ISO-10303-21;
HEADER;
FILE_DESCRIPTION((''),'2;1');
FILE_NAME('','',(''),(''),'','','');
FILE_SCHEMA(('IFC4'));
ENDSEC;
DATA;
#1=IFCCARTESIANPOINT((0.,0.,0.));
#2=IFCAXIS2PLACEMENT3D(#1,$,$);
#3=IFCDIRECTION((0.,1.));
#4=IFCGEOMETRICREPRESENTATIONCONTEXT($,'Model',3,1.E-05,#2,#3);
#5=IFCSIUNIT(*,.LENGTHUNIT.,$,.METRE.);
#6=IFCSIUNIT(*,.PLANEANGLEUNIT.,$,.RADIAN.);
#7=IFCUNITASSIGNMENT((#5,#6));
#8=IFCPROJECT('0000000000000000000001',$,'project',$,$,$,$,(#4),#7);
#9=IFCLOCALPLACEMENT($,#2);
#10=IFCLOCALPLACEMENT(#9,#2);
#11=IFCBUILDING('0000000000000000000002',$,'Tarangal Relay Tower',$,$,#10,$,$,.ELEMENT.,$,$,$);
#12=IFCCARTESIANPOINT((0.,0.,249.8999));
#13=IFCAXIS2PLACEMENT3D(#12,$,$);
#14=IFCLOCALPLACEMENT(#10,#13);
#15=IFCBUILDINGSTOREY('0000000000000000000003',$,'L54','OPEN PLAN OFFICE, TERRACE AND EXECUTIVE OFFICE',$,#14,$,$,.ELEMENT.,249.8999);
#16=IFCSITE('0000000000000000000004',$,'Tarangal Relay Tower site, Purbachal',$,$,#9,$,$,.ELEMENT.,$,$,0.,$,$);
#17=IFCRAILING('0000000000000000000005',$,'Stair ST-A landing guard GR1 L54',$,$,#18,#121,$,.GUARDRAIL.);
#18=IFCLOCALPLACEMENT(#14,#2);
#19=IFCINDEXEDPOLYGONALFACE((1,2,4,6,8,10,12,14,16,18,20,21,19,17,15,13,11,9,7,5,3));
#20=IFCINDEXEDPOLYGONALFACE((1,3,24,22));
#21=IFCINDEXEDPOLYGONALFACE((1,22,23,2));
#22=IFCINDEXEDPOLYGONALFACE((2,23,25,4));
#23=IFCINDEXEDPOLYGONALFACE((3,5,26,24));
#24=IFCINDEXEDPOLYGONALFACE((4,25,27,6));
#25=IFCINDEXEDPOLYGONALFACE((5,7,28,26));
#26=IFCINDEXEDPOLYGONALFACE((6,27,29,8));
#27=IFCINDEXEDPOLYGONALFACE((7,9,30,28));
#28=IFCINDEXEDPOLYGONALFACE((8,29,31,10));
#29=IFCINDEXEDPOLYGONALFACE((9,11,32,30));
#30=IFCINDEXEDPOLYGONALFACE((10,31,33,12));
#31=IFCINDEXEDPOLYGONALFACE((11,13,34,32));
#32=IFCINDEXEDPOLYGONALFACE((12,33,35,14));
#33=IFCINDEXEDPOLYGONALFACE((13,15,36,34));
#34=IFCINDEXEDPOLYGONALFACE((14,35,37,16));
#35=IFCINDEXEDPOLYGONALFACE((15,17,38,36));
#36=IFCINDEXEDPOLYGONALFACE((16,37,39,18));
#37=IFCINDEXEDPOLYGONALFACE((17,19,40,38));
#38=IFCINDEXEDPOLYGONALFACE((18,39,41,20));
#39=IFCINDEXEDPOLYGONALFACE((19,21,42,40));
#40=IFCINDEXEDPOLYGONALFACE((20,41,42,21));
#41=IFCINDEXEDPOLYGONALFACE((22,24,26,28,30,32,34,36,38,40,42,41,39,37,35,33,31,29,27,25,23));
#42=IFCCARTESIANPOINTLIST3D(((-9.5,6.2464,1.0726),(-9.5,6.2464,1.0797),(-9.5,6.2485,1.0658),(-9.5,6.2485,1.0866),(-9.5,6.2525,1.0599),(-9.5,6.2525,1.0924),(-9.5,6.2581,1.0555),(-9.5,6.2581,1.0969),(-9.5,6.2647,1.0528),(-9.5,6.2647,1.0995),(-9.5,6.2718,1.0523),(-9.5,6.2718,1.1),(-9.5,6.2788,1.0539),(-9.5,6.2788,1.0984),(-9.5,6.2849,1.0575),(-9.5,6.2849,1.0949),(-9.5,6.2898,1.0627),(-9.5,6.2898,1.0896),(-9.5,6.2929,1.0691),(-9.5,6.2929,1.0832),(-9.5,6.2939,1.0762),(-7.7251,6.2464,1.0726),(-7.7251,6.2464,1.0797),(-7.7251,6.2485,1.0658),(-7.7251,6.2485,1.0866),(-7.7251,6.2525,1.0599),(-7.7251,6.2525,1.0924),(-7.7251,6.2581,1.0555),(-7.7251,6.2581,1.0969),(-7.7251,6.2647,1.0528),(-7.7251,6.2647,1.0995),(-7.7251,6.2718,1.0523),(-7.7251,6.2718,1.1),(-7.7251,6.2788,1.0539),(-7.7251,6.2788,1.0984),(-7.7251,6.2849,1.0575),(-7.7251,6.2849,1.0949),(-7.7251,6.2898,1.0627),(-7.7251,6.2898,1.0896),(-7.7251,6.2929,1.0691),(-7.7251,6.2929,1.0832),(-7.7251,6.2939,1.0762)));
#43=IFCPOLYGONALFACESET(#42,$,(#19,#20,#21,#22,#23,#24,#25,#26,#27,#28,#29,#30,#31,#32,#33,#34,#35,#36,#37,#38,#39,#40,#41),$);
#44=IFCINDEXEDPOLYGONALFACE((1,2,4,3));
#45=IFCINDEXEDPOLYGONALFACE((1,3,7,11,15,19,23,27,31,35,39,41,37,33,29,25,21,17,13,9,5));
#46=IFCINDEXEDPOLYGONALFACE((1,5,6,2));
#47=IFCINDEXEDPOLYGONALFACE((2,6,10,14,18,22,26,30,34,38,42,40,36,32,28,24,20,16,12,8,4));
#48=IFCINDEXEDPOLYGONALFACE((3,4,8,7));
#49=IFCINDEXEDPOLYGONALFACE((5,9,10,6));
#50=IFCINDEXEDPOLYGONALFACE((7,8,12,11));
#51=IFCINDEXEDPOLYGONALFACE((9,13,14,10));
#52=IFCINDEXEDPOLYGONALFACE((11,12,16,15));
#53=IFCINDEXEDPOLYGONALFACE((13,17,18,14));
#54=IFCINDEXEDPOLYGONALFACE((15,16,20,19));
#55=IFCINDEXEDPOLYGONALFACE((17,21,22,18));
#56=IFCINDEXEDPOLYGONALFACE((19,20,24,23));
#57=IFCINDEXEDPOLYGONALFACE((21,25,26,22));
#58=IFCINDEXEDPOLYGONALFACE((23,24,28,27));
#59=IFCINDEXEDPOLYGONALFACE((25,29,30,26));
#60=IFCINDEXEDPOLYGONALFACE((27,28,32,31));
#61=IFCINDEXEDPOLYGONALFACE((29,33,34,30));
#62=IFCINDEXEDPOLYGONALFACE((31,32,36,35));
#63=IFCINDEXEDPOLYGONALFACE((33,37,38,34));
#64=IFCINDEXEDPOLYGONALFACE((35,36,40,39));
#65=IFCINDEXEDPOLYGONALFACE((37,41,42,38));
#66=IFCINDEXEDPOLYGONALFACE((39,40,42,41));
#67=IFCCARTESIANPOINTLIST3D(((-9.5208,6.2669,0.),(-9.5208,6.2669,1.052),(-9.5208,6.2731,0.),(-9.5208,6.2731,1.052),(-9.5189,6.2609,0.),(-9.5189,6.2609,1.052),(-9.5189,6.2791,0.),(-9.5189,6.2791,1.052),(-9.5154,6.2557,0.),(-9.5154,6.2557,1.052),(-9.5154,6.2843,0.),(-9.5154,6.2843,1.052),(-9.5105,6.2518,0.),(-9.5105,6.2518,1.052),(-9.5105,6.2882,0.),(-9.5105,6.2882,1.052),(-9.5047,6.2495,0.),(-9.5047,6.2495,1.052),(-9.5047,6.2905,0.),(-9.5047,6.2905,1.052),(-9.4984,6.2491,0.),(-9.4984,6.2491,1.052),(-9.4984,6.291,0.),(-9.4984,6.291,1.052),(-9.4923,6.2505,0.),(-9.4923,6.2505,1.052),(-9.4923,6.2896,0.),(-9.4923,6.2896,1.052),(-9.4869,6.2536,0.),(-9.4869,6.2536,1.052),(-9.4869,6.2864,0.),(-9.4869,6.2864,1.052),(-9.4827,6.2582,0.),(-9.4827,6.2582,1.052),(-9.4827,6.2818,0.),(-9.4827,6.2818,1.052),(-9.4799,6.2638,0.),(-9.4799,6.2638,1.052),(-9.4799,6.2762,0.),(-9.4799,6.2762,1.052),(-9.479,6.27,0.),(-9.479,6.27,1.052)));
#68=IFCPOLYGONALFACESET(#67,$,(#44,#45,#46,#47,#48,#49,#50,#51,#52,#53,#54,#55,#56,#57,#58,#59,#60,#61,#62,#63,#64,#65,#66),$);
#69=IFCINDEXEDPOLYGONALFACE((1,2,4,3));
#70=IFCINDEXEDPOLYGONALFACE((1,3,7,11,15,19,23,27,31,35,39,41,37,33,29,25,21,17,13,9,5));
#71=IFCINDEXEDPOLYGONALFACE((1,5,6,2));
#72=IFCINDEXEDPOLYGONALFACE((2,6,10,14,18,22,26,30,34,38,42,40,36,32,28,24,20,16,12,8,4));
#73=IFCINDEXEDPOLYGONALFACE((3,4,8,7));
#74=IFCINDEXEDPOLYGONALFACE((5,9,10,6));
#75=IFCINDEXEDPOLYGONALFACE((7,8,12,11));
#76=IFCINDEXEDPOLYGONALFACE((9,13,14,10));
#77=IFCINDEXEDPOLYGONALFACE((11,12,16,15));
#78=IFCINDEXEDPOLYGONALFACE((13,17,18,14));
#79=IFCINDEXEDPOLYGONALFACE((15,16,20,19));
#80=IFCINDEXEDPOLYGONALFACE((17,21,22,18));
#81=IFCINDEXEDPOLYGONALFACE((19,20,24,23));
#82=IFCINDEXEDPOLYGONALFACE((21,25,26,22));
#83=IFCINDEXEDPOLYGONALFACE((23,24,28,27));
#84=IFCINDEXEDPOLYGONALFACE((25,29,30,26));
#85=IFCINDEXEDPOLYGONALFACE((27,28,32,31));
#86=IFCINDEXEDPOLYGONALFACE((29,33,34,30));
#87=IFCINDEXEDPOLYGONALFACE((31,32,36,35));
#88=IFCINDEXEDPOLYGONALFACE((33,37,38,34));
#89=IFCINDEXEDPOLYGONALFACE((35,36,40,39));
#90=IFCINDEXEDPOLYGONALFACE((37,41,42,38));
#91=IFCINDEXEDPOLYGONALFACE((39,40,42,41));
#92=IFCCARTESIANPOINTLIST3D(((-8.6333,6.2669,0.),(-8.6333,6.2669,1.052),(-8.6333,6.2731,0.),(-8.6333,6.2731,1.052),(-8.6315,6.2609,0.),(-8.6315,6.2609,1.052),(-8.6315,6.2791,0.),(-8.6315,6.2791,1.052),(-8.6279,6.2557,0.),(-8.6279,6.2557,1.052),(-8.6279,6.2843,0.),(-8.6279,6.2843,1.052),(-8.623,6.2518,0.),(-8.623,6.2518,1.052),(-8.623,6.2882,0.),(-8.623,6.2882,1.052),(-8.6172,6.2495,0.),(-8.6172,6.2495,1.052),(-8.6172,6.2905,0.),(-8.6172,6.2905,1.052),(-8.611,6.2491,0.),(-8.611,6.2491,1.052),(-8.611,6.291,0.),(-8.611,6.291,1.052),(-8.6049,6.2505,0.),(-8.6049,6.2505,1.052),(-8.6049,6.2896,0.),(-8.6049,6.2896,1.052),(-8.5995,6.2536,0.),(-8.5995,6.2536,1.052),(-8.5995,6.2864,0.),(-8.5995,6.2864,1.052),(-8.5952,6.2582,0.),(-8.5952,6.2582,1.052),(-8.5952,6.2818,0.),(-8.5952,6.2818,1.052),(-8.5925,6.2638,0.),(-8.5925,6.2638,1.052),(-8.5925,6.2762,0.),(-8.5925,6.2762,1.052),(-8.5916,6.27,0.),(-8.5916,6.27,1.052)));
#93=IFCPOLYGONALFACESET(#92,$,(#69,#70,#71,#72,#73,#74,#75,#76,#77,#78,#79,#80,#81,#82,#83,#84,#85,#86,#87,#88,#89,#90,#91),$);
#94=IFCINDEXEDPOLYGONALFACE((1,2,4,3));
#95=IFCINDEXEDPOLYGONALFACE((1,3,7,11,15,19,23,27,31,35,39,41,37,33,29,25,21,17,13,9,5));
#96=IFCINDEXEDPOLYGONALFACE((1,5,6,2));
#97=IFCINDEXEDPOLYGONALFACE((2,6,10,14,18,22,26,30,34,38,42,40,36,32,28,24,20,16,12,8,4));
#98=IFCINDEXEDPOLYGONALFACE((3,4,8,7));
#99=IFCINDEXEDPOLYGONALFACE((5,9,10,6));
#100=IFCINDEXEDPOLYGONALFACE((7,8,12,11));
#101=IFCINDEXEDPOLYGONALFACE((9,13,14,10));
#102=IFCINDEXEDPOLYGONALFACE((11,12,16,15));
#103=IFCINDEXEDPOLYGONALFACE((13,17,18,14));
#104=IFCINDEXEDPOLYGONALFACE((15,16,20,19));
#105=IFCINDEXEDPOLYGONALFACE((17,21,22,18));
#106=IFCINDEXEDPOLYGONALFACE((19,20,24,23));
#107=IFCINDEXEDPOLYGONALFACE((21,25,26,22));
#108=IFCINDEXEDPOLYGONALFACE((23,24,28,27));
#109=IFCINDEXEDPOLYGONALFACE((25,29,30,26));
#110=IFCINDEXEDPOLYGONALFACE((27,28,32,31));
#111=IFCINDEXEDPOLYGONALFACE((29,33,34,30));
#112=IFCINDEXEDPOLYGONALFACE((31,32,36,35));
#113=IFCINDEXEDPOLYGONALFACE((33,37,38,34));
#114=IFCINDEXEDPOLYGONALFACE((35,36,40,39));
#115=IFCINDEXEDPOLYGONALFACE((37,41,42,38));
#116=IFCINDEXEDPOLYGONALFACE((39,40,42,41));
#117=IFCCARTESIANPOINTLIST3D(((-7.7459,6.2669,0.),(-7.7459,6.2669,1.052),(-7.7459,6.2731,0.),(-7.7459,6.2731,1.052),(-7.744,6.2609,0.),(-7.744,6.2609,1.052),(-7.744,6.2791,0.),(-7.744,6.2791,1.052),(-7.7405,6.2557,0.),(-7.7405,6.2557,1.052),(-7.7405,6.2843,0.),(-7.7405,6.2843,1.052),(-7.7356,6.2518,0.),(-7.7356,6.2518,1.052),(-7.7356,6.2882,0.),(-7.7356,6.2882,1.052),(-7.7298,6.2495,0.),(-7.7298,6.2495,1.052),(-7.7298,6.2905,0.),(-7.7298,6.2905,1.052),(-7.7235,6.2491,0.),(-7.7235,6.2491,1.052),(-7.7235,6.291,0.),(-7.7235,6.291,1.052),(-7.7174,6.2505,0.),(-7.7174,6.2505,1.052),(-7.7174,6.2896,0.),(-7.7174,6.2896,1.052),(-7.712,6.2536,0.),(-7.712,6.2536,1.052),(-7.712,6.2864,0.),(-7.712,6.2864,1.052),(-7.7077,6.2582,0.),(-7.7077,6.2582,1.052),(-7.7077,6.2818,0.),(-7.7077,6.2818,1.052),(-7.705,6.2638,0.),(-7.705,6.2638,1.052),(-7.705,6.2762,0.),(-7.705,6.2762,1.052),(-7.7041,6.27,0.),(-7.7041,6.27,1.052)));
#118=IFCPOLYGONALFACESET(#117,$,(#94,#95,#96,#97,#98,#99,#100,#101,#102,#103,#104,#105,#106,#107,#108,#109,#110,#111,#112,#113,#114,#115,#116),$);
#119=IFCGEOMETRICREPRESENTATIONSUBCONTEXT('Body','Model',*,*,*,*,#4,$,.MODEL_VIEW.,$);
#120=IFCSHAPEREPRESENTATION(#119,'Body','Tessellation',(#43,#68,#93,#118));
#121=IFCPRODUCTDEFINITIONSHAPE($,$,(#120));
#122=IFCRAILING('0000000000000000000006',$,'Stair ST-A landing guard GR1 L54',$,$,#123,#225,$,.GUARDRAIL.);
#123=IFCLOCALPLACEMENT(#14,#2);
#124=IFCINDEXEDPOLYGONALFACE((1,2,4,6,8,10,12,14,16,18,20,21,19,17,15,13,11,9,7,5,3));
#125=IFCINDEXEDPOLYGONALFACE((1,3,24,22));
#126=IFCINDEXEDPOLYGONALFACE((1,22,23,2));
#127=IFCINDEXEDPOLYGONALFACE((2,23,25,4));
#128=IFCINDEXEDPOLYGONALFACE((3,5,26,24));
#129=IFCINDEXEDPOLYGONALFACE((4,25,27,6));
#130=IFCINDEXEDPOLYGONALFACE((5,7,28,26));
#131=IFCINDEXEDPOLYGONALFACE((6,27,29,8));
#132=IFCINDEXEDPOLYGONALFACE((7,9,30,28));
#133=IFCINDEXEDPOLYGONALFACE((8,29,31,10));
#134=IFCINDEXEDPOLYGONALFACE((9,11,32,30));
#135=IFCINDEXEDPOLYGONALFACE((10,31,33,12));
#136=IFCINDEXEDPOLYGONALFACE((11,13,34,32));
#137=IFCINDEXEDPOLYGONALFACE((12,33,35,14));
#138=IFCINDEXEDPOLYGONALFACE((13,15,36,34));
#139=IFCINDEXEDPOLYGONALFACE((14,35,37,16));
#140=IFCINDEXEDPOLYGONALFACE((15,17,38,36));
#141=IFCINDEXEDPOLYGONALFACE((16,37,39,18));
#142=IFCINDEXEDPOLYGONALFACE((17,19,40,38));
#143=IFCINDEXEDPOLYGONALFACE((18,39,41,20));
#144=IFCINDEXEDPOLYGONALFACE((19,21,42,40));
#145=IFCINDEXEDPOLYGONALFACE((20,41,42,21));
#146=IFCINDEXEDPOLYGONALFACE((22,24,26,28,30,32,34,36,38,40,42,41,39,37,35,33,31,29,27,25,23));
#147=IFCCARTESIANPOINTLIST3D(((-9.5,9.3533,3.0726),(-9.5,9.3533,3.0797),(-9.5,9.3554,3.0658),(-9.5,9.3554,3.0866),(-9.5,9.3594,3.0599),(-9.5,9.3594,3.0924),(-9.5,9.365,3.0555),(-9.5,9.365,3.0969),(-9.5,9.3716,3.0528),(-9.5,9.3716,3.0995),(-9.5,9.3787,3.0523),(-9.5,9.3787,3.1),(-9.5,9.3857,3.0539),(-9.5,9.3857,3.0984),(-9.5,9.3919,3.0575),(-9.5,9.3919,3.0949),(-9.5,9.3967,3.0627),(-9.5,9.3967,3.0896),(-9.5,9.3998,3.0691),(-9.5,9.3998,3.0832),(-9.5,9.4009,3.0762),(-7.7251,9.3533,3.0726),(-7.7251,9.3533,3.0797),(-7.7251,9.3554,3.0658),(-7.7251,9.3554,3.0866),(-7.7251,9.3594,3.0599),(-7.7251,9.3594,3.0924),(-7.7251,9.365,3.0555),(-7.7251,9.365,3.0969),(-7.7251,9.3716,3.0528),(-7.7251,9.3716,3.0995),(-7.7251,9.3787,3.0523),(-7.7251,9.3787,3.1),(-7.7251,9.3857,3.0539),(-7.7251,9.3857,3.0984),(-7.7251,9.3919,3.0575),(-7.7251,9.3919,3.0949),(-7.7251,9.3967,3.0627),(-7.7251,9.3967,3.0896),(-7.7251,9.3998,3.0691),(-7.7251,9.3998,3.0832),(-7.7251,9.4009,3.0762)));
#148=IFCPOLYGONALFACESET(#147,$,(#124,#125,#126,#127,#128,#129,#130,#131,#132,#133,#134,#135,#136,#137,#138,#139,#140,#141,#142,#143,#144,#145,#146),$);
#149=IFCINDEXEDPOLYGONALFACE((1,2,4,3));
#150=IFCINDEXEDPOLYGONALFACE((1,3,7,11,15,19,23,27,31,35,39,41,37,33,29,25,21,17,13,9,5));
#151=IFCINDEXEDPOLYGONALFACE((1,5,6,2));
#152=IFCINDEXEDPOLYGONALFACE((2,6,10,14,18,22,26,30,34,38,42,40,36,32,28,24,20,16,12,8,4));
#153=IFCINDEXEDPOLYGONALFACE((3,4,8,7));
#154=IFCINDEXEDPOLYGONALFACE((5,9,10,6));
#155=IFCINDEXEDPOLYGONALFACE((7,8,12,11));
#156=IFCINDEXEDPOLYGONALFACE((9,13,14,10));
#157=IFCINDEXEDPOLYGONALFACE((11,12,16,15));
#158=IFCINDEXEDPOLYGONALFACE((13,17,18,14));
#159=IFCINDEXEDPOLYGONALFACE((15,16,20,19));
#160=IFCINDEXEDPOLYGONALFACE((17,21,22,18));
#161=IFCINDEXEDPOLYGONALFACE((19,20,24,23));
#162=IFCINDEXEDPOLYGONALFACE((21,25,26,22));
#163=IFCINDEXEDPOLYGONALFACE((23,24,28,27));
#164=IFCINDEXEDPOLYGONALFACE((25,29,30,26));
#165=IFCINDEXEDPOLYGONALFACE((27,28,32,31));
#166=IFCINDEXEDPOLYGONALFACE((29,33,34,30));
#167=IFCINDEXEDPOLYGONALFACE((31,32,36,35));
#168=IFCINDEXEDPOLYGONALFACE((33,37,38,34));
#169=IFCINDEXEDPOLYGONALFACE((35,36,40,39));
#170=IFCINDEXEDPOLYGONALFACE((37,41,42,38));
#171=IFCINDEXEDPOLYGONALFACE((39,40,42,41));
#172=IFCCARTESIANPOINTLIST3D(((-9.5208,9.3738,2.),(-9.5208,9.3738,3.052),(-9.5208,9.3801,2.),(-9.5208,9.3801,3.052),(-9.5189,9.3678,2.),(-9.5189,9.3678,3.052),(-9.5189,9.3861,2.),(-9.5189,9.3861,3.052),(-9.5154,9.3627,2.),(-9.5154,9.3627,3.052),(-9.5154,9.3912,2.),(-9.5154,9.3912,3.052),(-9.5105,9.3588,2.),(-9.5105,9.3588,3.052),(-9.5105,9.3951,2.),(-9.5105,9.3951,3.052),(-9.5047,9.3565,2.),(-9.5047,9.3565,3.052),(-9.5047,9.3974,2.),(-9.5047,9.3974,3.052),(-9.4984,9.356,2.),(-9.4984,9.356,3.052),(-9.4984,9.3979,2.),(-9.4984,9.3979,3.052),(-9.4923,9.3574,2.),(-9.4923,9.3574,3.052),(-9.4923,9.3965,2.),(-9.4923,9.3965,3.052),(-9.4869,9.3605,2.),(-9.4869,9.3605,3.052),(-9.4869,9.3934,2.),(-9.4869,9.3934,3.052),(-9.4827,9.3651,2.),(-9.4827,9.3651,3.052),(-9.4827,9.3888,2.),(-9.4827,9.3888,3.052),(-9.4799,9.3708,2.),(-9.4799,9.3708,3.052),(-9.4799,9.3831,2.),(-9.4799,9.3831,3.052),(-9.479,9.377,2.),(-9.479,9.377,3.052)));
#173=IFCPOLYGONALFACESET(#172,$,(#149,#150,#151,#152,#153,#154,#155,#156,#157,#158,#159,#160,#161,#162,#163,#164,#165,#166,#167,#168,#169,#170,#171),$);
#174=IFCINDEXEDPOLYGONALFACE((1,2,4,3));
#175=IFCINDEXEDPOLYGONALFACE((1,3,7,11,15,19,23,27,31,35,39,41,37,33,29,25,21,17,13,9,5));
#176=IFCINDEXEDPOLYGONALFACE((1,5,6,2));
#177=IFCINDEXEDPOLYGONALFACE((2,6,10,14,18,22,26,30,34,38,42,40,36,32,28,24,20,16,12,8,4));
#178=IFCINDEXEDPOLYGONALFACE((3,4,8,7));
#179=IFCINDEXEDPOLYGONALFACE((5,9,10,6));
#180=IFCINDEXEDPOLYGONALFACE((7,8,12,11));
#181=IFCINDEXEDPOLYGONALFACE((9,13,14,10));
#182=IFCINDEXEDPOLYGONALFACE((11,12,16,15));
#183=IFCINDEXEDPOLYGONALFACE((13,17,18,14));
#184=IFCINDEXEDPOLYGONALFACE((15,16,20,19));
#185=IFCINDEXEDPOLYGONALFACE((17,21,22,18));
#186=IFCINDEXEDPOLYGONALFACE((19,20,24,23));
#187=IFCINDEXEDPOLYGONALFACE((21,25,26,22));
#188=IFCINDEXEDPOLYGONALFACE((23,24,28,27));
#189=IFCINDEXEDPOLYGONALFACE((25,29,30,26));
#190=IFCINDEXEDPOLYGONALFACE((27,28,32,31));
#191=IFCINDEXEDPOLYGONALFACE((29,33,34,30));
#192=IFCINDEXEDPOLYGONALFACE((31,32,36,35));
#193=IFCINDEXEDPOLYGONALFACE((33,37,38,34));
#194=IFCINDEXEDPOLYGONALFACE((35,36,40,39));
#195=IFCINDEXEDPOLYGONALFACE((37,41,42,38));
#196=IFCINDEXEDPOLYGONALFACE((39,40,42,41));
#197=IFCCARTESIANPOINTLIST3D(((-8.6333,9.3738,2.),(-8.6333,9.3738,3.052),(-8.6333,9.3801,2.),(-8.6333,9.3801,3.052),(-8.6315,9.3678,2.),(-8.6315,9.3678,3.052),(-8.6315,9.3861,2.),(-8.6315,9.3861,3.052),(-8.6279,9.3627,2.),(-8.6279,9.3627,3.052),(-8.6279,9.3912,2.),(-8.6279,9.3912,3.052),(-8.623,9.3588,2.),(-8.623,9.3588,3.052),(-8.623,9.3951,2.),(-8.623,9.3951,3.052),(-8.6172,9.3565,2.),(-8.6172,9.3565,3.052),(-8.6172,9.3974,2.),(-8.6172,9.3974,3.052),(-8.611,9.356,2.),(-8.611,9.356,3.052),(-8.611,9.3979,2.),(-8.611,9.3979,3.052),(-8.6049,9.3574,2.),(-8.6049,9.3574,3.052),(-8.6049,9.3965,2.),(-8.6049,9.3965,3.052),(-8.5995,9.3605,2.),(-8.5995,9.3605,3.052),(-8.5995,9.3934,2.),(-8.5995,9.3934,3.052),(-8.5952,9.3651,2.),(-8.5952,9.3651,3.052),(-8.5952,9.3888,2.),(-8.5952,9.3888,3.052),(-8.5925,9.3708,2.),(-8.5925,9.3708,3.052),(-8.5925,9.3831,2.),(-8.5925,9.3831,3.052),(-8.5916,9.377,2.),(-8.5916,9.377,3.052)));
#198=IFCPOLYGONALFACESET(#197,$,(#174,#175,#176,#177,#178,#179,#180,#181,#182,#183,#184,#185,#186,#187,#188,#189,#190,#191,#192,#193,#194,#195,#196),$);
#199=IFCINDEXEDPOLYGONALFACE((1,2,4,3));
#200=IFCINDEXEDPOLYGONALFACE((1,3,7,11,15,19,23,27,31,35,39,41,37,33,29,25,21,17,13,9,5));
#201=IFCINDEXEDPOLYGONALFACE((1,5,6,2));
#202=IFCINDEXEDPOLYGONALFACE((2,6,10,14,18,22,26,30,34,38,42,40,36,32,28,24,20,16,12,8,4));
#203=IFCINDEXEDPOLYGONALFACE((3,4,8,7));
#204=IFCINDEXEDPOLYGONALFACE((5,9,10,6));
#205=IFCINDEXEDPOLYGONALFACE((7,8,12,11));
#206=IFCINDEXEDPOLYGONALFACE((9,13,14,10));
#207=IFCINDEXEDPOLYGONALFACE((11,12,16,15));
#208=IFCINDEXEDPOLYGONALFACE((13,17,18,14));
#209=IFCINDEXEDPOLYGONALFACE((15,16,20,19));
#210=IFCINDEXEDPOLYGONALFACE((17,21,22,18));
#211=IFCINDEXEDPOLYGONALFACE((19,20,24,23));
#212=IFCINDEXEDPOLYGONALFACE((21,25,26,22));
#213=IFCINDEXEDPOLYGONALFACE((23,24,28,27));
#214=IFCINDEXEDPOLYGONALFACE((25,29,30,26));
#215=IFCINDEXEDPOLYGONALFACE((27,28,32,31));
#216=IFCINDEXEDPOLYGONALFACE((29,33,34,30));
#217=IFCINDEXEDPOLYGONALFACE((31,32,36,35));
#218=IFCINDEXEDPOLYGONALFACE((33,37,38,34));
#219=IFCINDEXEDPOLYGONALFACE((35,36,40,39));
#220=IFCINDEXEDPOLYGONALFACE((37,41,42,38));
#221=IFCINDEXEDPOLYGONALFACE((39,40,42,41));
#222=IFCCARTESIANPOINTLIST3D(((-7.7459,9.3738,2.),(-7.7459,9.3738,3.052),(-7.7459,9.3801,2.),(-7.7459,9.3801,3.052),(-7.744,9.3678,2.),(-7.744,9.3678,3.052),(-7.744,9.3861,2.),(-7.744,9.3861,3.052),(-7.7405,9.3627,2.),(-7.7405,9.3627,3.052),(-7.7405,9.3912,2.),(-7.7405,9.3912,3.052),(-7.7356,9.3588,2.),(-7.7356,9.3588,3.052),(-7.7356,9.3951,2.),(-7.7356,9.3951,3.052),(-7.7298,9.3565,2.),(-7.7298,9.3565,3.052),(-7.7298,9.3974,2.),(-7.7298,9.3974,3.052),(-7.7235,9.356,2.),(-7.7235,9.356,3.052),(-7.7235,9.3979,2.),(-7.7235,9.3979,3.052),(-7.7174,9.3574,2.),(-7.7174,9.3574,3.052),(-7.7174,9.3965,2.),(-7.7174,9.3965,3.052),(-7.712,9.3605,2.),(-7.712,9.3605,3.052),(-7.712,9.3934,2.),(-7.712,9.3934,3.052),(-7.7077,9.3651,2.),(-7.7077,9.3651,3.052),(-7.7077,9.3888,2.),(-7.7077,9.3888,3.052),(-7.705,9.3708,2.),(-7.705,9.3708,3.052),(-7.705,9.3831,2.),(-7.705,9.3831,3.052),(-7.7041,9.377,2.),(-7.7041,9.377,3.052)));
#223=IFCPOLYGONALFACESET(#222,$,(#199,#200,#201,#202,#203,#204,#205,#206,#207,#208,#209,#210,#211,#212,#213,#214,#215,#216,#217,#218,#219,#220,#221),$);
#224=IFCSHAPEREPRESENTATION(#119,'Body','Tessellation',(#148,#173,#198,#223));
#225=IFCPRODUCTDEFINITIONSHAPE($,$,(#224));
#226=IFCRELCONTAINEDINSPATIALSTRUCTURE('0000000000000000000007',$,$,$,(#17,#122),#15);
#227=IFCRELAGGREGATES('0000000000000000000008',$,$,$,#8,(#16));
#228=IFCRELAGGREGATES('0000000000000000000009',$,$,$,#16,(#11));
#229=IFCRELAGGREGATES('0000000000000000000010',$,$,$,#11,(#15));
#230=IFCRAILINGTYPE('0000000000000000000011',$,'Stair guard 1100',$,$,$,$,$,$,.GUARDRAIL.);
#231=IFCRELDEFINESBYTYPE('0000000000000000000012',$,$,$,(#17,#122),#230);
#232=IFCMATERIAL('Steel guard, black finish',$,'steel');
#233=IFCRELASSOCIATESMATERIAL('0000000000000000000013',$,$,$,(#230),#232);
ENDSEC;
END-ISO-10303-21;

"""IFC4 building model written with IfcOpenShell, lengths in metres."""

from ifc_helpers import new_model, si_unit, direction, frame, origin, origin_2d, place, context, subcontext, project, spatial, circle, extrude, material, type_object, element, save


model = new_model("IFC4")

# Units and contexts
model_context = context("Model", 3, precision=1e-05, world=origin(), true_north=direction((0.0, 1.0)))
body_context = subcontext(model_context, "Body", "Model", "MODEL_VIEW")
ifc_project = project(units=[si_unit("LENGTHUNIT", "METRE"), si_unit("PLANEANGLEUNIT", "RADIAN")], contexts=[model_context])

# Site, building, storey
site_placement = place(None, origin())
site = spatial("IfcSite", under=ifc_project, at=site_placement, Name="Tarangal Relay Tower site, Purbachal", CompositionType="ELEMENT", RefElevation=0.0)
building_placement = place(site_placement, origin())
building = spatial("IfcBuilding", under=site, at=building_placement, Name="Tarangal Relay Tower", CompositionType="ELEMENT")
storey_placement = place(building_placement, frame((0.0, 0.0, 249.8999)))
storey = spatial("IfcBuildingStorey", under=building, at=storey_placement, Name="L54", Description="OPEN PLAN OFFICE, TERRACE AND EXECUTIVE OFFICE", CompositionType="ELEMENT", Elevation=249.8999)

# Railings
ifc_material_1 = material(Name="Steel guard, black finish", Category="steel")
railing_type_1 = type_object("IfcRailingType", Name="Stair guard 1100", PredefinedType="GUARDRAIL", material=ifc_material_1)
for number, where, name in (
    (1, (-9.5, 6.27, 0.0), "Stair ST-A landing guard GR1 L54"),
    (2, (-9.5, 9.377, 2.0), "Stair ST-A landing guard GR1 L54"),
):
    element("IfcRailing", number, at=place(storey_placement, frame(where)), inside=storey, type_object=railing_type_1, Name=name, PredefinedType="GUARDRAIL", context=body_context, shape_type="SweptSolid", body=[
        extrude(circle(Radius=0.0239, at=origin_2d()), frame((0.0, 0.0, 1.0762), z_axis=(1.0, 0.0, 0.0), x_axis=(0.0, 1.0, 0.0)), (0.0, 0.0, 1.0), 1.7749),
        extrude(circle(Radius=0.021, at=origin_2d()), origin(), (0.0, 0.0, 1.0), 1.052),
        extrude(circle(Radius=0.021, at=origin_2d()), frame((0.8875, 0.0, 0.0)), (0.0, 0.0, 1.0), 1.052),
        extrude(circle(Radius=0.021, at=origin_2d()), frame((1.7749, 0.0, 0.0)), (0.0, 0.0, 1.0), 1.052),
    ])

save(model, "model.ifc")
